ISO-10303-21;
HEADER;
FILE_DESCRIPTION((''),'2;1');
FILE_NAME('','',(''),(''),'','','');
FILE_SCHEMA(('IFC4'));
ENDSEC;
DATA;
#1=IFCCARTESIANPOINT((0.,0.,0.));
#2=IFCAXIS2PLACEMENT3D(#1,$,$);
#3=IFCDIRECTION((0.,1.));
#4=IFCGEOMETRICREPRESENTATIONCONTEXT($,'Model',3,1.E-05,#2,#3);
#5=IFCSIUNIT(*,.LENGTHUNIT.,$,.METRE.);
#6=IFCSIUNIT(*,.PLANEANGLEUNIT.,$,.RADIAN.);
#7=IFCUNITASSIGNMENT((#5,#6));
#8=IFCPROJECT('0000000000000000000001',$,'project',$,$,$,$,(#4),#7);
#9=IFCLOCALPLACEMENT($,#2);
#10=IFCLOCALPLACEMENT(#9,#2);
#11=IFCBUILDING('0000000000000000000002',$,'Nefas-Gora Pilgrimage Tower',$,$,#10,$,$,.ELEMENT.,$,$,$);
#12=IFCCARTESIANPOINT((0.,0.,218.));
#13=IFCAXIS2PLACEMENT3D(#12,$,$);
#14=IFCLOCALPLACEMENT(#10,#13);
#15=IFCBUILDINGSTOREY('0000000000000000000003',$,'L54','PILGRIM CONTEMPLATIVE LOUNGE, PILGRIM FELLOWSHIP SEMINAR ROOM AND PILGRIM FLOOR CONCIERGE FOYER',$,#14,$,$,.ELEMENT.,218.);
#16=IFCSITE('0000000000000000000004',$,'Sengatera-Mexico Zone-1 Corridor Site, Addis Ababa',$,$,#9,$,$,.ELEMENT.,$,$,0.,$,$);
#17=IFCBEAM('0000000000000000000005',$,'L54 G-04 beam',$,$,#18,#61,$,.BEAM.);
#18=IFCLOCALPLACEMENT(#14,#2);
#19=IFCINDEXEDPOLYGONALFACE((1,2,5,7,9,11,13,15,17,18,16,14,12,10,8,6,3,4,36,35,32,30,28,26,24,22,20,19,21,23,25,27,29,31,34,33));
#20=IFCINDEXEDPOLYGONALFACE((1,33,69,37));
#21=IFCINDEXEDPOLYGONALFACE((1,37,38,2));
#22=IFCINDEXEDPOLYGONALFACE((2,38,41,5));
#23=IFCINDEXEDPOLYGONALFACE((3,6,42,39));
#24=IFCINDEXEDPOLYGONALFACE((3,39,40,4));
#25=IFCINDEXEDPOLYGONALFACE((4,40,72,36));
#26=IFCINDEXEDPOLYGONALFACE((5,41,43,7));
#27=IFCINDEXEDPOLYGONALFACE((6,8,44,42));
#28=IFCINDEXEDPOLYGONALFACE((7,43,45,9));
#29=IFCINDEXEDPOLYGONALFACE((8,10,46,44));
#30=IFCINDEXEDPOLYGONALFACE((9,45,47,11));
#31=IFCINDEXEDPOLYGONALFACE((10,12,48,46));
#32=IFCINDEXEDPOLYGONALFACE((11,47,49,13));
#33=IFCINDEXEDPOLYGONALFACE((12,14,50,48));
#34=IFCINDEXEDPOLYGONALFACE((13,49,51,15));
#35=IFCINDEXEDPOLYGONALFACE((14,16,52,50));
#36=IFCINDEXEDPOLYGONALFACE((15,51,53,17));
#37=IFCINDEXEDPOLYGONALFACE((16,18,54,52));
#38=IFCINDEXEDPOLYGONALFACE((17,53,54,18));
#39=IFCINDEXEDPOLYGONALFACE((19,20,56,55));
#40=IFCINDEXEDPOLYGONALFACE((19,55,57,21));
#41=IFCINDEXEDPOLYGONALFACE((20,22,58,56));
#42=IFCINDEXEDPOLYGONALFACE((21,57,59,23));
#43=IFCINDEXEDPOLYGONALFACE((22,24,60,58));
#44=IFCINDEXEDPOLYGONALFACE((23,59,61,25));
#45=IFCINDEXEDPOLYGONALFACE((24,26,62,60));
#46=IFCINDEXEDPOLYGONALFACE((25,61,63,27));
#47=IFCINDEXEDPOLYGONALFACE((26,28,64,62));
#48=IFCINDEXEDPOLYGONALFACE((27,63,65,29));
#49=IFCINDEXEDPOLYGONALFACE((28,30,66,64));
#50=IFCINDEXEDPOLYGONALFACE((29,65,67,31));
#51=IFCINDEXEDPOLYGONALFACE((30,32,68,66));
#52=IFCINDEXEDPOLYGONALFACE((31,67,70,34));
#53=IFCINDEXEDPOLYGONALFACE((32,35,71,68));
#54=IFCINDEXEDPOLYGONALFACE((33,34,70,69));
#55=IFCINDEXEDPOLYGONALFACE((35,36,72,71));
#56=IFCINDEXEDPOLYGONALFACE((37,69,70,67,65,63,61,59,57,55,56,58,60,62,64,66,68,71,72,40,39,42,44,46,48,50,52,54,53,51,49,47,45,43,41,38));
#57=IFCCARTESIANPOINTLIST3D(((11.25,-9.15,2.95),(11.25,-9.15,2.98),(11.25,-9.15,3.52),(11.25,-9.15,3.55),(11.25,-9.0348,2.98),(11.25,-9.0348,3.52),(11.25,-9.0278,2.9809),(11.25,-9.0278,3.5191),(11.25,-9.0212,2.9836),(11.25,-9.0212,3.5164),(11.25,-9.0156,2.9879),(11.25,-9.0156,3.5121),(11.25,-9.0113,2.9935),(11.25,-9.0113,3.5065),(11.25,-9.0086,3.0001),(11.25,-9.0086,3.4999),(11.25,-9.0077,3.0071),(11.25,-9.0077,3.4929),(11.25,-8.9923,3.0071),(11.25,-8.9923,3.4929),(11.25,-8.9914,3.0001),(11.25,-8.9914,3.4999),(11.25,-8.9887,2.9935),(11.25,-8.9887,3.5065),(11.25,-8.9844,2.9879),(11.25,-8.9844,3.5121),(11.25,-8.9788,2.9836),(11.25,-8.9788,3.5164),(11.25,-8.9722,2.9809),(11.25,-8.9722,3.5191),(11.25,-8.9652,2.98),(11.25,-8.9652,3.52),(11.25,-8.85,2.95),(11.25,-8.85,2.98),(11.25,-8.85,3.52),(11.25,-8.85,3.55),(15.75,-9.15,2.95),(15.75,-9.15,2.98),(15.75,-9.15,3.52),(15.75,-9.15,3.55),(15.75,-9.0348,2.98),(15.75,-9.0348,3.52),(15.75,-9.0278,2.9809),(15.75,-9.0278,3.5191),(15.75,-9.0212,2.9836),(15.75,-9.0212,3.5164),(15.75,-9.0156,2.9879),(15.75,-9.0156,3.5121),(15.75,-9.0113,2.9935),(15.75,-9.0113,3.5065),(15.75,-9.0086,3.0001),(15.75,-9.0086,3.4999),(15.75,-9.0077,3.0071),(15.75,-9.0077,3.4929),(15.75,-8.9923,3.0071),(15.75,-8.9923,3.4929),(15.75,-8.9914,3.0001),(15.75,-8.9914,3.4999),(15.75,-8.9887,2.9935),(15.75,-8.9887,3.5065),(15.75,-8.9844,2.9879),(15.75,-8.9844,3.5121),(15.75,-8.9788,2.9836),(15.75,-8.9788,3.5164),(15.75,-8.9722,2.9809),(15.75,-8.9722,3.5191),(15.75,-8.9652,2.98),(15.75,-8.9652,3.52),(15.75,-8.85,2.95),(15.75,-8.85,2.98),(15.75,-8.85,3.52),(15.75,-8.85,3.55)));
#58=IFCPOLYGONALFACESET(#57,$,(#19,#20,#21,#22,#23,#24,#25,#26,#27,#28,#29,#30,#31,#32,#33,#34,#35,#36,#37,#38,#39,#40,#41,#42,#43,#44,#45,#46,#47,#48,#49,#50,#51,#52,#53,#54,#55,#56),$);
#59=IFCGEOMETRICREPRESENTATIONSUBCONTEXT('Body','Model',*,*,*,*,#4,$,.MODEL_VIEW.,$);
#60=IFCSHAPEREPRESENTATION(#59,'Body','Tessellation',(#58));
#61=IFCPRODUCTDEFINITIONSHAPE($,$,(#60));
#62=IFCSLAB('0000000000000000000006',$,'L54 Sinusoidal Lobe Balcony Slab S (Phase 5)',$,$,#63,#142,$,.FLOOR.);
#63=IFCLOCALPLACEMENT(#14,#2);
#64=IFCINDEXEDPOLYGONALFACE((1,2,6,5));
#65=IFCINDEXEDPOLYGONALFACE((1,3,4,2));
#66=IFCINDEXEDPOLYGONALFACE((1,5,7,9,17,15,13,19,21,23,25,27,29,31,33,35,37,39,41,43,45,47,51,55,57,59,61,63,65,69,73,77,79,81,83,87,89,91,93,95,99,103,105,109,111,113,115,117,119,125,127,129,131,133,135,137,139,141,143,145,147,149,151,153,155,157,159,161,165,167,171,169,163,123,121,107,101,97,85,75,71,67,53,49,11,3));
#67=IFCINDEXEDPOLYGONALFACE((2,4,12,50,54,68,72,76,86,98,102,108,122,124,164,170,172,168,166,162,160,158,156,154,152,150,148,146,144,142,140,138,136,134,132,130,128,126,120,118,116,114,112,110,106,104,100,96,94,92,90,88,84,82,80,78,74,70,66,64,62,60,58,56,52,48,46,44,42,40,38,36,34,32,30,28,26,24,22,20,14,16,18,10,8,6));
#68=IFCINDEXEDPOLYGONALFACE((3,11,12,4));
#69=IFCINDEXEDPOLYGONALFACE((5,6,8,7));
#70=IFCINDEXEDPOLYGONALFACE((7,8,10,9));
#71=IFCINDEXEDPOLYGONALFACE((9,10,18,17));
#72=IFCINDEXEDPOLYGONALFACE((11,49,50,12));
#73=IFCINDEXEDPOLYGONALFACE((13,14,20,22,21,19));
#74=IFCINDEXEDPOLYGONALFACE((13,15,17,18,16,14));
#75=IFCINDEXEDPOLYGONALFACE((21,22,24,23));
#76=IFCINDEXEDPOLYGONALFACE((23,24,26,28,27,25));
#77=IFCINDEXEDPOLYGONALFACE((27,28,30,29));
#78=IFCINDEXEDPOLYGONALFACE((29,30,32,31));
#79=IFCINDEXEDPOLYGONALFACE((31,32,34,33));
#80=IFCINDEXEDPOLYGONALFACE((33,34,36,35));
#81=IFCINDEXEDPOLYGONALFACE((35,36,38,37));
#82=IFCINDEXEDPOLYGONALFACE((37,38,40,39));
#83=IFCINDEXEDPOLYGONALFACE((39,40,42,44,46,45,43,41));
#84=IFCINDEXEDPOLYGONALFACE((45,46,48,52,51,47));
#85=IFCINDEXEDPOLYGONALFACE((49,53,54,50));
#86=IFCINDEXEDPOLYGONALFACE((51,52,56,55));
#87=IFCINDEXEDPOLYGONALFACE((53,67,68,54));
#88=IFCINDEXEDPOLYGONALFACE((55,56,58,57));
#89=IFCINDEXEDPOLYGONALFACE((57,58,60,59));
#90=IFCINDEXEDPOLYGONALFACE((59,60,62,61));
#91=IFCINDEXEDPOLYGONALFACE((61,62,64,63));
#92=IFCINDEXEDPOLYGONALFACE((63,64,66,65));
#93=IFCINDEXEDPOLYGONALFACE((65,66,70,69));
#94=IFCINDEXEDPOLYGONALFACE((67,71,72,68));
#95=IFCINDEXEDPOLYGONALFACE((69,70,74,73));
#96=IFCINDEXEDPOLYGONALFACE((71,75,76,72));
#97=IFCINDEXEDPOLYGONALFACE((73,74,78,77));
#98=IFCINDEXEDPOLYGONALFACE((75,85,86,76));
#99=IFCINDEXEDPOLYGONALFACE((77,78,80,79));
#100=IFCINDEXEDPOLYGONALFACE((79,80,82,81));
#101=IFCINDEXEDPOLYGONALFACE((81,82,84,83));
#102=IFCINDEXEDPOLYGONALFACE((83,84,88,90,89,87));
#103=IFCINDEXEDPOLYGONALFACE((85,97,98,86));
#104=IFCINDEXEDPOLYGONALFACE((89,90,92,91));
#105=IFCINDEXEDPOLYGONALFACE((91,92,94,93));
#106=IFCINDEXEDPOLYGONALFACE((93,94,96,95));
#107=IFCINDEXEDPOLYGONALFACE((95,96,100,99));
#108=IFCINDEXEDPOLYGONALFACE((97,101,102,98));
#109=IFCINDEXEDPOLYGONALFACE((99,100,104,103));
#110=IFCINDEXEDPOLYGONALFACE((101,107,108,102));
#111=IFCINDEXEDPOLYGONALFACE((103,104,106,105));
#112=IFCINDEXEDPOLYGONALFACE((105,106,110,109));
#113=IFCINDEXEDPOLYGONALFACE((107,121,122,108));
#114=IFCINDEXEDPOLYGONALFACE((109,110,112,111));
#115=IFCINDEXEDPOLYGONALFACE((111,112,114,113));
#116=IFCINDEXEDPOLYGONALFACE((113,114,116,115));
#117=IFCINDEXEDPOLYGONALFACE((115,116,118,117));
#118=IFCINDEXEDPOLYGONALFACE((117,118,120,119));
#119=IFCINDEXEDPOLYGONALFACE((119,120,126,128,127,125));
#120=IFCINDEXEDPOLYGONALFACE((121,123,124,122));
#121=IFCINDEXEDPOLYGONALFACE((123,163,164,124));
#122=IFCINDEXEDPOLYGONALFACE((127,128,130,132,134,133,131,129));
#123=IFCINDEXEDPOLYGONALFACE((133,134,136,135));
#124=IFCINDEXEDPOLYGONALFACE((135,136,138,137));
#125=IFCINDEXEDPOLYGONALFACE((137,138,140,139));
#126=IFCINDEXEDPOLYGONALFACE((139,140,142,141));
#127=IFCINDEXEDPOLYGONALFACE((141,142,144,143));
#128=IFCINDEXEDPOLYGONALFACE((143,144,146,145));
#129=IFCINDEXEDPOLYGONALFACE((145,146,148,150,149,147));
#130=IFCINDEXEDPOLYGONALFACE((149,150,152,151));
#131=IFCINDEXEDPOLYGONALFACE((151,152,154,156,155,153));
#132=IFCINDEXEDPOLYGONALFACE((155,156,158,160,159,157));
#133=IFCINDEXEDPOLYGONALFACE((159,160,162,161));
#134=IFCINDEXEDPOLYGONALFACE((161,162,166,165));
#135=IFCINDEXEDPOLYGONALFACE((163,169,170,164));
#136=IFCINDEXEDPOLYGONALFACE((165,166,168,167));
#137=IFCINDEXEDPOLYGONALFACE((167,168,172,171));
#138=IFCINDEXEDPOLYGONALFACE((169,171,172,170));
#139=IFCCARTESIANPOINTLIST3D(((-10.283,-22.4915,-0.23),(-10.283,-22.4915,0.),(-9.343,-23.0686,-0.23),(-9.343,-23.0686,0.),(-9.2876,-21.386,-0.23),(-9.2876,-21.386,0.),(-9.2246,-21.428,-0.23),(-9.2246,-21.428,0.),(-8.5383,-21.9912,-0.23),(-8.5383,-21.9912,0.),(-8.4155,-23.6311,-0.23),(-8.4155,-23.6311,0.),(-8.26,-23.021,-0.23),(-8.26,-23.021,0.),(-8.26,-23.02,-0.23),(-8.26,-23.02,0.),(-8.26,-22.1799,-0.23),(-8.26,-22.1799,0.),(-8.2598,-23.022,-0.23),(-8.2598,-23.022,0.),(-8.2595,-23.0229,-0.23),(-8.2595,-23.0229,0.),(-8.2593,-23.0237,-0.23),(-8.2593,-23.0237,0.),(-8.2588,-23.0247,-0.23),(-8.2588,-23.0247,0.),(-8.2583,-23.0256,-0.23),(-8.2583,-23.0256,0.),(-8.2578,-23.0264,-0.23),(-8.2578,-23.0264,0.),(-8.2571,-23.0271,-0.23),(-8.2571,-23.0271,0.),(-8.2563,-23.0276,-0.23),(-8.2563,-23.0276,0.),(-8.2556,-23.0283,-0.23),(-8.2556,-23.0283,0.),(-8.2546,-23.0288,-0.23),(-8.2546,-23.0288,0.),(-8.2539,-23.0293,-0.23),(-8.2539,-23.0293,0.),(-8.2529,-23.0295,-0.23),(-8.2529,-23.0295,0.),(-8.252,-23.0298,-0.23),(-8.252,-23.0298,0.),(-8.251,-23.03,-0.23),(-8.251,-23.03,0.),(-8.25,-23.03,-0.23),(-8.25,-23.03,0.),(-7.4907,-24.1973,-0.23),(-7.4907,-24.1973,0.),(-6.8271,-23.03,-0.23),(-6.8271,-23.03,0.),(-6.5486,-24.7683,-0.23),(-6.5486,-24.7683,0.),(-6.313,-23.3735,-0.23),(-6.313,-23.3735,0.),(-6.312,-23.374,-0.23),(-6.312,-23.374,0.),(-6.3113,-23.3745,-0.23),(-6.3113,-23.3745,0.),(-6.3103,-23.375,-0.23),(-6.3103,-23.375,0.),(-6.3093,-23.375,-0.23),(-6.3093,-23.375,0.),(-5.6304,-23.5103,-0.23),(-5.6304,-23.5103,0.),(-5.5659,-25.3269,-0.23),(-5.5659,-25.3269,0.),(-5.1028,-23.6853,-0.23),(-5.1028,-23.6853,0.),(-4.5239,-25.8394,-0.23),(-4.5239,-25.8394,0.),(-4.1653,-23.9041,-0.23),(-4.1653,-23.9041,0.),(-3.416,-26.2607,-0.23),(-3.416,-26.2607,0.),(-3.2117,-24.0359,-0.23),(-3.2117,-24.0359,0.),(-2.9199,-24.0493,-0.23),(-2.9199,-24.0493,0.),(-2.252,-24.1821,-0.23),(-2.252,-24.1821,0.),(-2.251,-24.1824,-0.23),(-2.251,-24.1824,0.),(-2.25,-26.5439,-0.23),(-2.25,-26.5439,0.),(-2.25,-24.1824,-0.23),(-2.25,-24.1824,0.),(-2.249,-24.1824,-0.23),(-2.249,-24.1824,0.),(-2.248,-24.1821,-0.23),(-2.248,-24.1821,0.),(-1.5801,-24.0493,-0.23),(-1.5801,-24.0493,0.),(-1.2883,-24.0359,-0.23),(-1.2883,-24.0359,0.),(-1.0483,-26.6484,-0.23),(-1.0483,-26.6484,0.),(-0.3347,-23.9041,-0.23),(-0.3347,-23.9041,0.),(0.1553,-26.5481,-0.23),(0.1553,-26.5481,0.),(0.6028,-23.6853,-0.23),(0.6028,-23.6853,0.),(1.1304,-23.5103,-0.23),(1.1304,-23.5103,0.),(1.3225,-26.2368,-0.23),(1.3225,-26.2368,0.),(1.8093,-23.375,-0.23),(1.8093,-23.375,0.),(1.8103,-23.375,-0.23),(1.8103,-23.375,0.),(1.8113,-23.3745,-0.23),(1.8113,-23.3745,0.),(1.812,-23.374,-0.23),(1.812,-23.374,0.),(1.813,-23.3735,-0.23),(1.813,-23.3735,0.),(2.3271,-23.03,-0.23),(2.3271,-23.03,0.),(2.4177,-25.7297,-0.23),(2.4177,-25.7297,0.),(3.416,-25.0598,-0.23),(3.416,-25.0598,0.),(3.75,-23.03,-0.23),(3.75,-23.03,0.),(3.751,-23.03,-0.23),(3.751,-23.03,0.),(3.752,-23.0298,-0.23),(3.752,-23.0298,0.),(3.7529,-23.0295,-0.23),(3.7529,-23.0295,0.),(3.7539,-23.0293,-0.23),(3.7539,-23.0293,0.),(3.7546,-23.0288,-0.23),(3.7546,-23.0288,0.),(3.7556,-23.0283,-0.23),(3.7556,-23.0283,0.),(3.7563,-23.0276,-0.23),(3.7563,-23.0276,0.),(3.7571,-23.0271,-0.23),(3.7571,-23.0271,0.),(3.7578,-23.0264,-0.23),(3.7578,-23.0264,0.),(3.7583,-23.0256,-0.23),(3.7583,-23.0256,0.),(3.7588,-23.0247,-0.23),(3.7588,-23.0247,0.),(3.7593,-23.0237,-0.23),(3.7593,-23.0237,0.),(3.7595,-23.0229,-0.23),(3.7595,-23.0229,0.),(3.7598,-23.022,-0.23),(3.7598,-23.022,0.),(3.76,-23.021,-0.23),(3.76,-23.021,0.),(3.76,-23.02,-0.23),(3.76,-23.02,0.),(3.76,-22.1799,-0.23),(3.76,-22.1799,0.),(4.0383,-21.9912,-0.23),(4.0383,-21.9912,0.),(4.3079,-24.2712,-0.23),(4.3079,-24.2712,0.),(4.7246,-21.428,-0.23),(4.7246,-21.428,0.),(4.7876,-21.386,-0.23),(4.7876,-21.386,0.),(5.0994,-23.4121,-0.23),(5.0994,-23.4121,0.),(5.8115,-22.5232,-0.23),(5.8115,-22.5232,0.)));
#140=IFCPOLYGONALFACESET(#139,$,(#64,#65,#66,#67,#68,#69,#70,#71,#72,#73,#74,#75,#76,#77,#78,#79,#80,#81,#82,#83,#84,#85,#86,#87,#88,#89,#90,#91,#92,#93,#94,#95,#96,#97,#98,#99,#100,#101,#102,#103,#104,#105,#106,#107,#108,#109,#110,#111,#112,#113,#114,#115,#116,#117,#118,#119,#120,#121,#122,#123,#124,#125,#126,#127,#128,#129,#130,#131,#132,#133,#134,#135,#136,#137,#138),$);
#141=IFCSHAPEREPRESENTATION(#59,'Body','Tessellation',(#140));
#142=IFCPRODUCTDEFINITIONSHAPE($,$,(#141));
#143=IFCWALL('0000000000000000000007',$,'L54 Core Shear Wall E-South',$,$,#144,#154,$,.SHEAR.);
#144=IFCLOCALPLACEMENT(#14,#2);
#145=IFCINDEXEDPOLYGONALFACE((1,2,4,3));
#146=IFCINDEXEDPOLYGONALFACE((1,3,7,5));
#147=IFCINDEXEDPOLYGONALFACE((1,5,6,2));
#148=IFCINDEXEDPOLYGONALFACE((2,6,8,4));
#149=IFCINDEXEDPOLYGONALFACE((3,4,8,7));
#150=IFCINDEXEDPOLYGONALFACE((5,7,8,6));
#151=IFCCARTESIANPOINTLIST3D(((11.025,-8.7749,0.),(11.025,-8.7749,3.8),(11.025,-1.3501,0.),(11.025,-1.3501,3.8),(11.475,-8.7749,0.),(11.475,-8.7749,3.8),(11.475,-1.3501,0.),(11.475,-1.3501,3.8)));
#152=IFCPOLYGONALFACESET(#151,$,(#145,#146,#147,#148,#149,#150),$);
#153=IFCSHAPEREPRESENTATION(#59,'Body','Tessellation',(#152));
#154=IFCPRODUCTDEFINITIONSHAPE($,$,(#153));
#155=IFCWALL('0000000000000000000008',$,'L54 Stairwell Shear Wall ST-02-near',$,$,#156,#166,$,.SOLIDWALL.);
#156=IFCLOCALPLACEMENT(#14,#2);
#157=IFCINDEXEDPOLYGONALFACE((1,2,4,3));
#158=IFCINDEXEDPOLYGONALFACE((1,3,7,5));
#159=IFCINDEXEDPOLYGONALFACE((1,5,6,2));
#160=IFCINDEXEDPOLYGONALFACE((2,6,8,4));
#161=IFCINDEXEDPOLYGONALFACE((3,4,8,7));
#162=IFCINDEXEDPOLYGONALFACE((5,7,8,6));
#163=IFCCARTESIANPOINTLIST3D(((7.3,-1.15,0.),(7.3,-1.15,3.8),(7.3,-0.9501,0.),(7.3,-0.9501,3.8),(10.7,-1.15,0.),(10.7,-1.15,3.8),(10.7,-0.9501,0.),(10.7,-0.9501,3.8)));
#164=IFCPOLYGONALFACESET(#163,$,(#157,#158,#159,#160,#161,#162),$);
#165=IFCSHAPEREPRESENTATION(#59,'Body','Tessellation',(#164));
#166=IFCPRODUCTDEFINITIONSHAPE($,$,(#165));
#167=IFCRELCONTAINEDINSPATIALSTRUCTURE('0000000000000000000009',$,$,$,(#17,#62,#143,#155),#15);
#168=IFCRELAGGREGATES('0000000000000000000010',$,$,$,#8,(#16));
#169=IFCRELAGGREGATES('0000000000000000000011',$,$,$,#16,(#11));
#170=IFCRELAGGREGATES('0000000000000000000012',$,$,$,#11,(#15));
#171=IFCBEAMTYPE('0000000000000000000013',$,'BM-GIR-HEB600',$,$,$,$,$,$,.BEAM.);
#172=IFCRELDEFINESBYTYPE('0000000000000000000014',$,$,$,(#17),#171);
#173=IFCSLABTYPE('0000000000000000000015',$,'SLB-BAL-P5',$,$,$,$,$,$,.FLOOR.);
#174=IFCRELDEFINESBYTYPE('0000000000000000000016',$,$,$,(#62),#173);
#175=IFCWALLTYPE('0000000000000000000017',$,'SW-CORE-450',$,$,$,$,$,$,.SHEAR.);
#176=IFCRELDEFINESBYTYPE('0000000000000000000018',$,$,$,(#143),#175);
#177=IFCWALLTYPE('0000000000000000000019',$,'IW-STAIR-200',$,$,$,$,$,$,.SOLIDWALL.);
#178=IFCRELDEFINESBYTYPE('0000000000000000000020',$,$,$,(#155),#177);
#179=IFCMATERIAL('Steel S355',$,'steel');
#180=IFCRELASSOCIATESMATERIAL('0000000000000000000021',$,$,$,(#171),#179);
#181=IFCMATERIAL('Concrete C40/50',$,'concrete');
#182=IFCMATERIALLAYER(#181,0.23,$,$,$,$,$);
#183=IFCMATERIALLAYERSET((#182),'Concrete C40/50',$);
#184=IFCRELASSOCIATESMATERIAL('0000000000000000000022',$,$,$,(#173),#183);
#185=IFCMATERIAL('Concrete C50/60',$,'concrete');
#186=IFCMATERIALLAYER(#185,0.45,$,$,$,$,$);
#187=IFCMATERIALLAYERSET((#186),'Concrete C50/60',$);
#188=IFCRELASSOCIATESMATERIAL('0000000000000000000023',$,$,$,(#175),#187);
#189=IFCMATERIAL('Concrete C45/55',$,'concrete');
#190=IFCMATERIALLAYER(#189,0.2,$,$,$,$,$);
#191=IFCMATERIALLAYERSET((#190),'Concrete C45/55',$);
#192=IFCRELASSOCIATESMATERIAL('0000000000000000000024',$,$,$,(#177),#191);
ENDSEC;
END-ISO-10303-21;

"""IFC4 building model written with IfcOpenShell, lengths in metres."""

from ifc_helpers import new_model, si_unit, direction, frame, frame_2d, origin, origin_2d, place, context, subcontext, project, spatial, polyline, rectangle, i_section, outline, extrude, source, transform, mapped, material, layer, layer_set, material_profile, profile_set, type_object, element, save


model = new_model("IFC4")

# Units and contexts
model_context = context("Model", 3, precision=1e-05, world=origin(), true_north=direction((0.0, 1.0)))
body_context = subcontext(model_context, "Body", "Model", "MODEL_VIEW")
ifc_project = project(units=[si_unit("LENGTHUNIT", "METRE"), si_unit("PLANEANGLEUNIT", "RADIAN")], contexts=[model_context])

# Site, building, storey
site_placement = place(None, origin())
site = spatial("IfcSite", under=ifc_project, at=site_placement, Name="Sengatera-Mexico Zone-1 Corridor Site, Addis Ababa", CompositionType="ELEMENT", RefElevation=0.0)
building_placement = place(site_placement, origin())
building = spatial("IfcBuilding", under=site, at=building_placement, Name="Nefas-Gora Pilgrimage Tower", CompositionType="ELEMENT")
storey_placement = place(building_placement, frame((0.0, 0.0, 218.0)))
storey = spatial("IfcBuildingStorey", under=building, at=storey_placement, Name="L54", Description="PILGRIM CONTEMPLATIVE LOUNGE, PILGRIM FELLOWSHIP SEMINAR ROOM AND PILGRIM FLOOR CONCIERGE FOYER", CompositionType="ELEMENT", Elevation=218.0)

# Beam
ifc_material_1 = material(Name="Steel S355", Category="steel")
ifc_material_profile = material_profile(ifc_material_1, i_section(OverallWidth=0.3, OverallDepth=0.6001, WebThickness=0.0154, FlangeThickness=0.03, FilletRadius=0.0271, at=origin_2d()), Name="HEB 600")
ifc_profile_set = profile_set([ifc_material_profile], Name="Steel S355")
beam_type = type_object("IfcBeamType", Name="BM-GIR-HEB600", PredefinedType="BEAM", material=ifc_profile_set)
shared_shape_1 = source(origin(), body_context, "Body", "SweptSolid", [
    extrude(i_section(OverallWidth=0.3, OverallDepth=0.6001, WebThickness=0.0154, FlangeThickness=0.03, FilletRadius=0.0271, at=origin_2d()), origin(), (0.0, 0.0, 1.0), 4.5),
])
beam_placement = place(storey_placement, frame((11.25, -9.0, 3.25), z_axis=(1.0, 0.0, 0.0), x_axis=(0.0, 1.0, 0.0)))
element("IfcBeam", 1, at=beam_placement, inside=storey, type_object=beam_type, Name="L54 G-04 beam", PredefinedType="BEAM", context=body_context, shape_type="MappedRepresentation", body=[
    mapped(shared_shape_1, transform((0.0, 0.0, 0.0), x_axis=(1.0, 0.0, 0.0), y_axis=(0.0, 1.0, 0.0), z_axis=(0.0, 0.0, 1.0), scale=1.0)),
])

# Slab
ifc_material_2 = material(Name="Concrete C40/50", Category="concrete")
ifc_layer_1 = layer(ifc_material_2, 0.23)
ifc_layer_set_1 = layer_set([ifc_layer_1], Name="Concrete C40/50")
slab_type = type_object("IfcSlabType", Name="SLB-BAL-P5", PredefinedType="FLOOR", material=ifc_layer_set_1)
slab_placement = place(storey_placement, frame((0.0, 0.0, -0.23)))
element("IfcSlab", 2, at=slab_placement, inside=storey, type_object=slab_type, Name="L54 Sinusoidal Lobe Balcony Slab S (Phase 5)", PredefinedType="FLOOR", context=body_context, shape_type="SweptSolid", body=[
    extrude(outline(polyline([(4.7876, -21.386), (4.7246, -21.428), (4.0383, -21.9912), (3.76, -22.1799), (3.76, -23.02), (3.76, -23.021), (3.7598, -23.022), (3.7595, -23.0229), (3.7593, -23.0237), (3.7588, -23.0247), (3.7583, -23.0256), (3.7578, -23.0264), (3.7571, -23.0271), (3.7563, -23.0276), (3.7556, -23.0283), (3.7546, -23.0288), (3.7539, -23.0293), (3.7529, -23.0295), (3.752, -23.0298), (3.751, -23.03), (3.75, -23.03), (2.3271, -23.03), (1.813, -23.3735), (1.812, -23.374), (1.8113, -23.3745), (1.8103, -23.375), (1.8093, -23.375), (1.1304, -23.5103), (0.6028, -23.6853), (-0.3347, -23.9041), (-1.2883, -24.0359), (-1.5801, -24.0493), (-2.248, -24.1821), (-2.249, -24.1824), (-2.25, -24.1824), (-2.251, -24.1824), (-2.252, -24.1821), (-2.9199, -24.0493), (-3.2117, -24.0359), (-4.1653, -23.9041), (-5.1028, -23.6853), (-5.6304, -23.5103), (-6.3093, -23.375), (-6.3103, -23.375), (-6.3113, -23.3745), (-6.312, -23.374), (-6.313, -23.3735), (-6.8271, -23.03), (-8.25, -23.03), (-8.251, -23.03), (-8.252, -23.0298), (-8.2529, -23.0295), (-8.2539, -23.0293), (-8.2546, -23.0288), (-8.2556, -23.0283), (-8.2563, -23.0276), (-8.2571, -23.0271), (-8.2578, -23.0264), (-8.2583, -23.0256), (-8.2588, -23.0247), (-8.2593, -23.0237), (-8.2595, -23.0229), (-8.2598, -23.022), (-8.26, -23.021), (-8.26, -23.02), (-8.26, -22.1799), (-8.5383, -21.9912), (-9.2246, -21.428), (-9.2876, -21.386), (-10.283, -22.4915), (-9.343, -23.0686), (-8.4155, -23.6311), (-7.4907, -24.1973), (-6.5486, -24.7683), (-5.5659, -25.3269), (-4.5239, -25.8394), (-3.416, -26.2607), (-2.25, -26.5439), (-1.0483, -26.6484), (0.1553, -26.5481), (1.3225, -26.2368), (2.4177, -25.7297), (3.416, -25.0598), (4.3079, -24.2712), (5.0994, -23.4121), (5.8115, -22.5232), (4.7876, -21.386)])), origin(), (0.0, 0.0, 1.0), 0.23),
])

# Walls
ifc_material_3 = material(Name="Concrete C50/60", Category="concrete")
ifc_layer_2 = layer(ifc_material_3, 0.45)
ifc_layer_set_2 = layer_set([ifc_layer_2], Name="Concrete C50/60")
wall_type_1 = type_object("IfcWallType", Name="SW-CORE-450", PredefinedType="SHEAR", material=ifc_layer_set_2)
shared_shape_2 = source(origin(), body_context, "Body", "SweptSolid", [
    extrude(rectangle(XDim=7.4248, YDim=0.45, at=frame_2d((3.7124, 0.0))), origin(), (0.0, 0.0, 1.0), 3.8),
])
wall_1_placement = place(storey_placement, frame((11.25, -8.7749, 0.0), z_axis=(0.0, 0.0, 1.0), x_axis=(0.0, 1.0, 0.0)))
element("IfcWall", 3, at=wall_1_placement, inside=storey, type_object=wall_type_1, Name="L54 Core Shear Wall E-South", PredefinedType="SHEAR", context=body_context, shape_type="MappedRepresentation", body=[
    mapped(shared_shape_2, transform((0.0, 0.0, 0.0), x_axis=(1.0, 0.0, 0.0), y_axis=(0.0, 1.0, 0.0), z_axis=(0.0, 0.0, 1.0), scale=1.0)),
])
ifc_material_4 = material(Name="Concrete C45/55", Category="concrete")
ifc_layer_3 = layer(ifc_material_4, 0.2)
ifc_layer_set_3 = layer_set([ifc_layer_3], Name="Concrete C45/55")
wall_type_2 = type_object("IfcWallType", Name="IW-STAIR-200", PredefinedType="SOLIDWALL", material=ifc_layer_set_3)
shared_shape_3 = source(origin(), body_context, "Body", "SweptSolid", [
    extrude(rectangle(XDim=3.3999, YDim=0.2, at=frame_2d((1.7, 0.0))), origin(), (0.0, 0.0, 1.0), 3.8),
])
wall_2_placement = place(storey_placement, frame((7.3, -1.05, 0.0), z_axis=(0.0, 0.0, 1.0), x_axis=(1.0, 0.0, 0.0)))
element("IfcWall", 4, at=wall_2_placement, inside=storey, type_object=wall_type_2, Name="L54 Stairwell Shear Wall ST-02-near", PredefinedType="SOLIDWALL", context=body_context, shape_type="MappedRepresentation", body=[
    mapped(shared_shape_3, transform((0.0, 0.0, 0.0), x_axis=(1.0, 0.0, 0.0), y_axis=(0.0, 1.0, 0.0), z_axis=(0.0, 0.0, 1.0), scale=1.0)),
])

save(model, "model.ifc")
